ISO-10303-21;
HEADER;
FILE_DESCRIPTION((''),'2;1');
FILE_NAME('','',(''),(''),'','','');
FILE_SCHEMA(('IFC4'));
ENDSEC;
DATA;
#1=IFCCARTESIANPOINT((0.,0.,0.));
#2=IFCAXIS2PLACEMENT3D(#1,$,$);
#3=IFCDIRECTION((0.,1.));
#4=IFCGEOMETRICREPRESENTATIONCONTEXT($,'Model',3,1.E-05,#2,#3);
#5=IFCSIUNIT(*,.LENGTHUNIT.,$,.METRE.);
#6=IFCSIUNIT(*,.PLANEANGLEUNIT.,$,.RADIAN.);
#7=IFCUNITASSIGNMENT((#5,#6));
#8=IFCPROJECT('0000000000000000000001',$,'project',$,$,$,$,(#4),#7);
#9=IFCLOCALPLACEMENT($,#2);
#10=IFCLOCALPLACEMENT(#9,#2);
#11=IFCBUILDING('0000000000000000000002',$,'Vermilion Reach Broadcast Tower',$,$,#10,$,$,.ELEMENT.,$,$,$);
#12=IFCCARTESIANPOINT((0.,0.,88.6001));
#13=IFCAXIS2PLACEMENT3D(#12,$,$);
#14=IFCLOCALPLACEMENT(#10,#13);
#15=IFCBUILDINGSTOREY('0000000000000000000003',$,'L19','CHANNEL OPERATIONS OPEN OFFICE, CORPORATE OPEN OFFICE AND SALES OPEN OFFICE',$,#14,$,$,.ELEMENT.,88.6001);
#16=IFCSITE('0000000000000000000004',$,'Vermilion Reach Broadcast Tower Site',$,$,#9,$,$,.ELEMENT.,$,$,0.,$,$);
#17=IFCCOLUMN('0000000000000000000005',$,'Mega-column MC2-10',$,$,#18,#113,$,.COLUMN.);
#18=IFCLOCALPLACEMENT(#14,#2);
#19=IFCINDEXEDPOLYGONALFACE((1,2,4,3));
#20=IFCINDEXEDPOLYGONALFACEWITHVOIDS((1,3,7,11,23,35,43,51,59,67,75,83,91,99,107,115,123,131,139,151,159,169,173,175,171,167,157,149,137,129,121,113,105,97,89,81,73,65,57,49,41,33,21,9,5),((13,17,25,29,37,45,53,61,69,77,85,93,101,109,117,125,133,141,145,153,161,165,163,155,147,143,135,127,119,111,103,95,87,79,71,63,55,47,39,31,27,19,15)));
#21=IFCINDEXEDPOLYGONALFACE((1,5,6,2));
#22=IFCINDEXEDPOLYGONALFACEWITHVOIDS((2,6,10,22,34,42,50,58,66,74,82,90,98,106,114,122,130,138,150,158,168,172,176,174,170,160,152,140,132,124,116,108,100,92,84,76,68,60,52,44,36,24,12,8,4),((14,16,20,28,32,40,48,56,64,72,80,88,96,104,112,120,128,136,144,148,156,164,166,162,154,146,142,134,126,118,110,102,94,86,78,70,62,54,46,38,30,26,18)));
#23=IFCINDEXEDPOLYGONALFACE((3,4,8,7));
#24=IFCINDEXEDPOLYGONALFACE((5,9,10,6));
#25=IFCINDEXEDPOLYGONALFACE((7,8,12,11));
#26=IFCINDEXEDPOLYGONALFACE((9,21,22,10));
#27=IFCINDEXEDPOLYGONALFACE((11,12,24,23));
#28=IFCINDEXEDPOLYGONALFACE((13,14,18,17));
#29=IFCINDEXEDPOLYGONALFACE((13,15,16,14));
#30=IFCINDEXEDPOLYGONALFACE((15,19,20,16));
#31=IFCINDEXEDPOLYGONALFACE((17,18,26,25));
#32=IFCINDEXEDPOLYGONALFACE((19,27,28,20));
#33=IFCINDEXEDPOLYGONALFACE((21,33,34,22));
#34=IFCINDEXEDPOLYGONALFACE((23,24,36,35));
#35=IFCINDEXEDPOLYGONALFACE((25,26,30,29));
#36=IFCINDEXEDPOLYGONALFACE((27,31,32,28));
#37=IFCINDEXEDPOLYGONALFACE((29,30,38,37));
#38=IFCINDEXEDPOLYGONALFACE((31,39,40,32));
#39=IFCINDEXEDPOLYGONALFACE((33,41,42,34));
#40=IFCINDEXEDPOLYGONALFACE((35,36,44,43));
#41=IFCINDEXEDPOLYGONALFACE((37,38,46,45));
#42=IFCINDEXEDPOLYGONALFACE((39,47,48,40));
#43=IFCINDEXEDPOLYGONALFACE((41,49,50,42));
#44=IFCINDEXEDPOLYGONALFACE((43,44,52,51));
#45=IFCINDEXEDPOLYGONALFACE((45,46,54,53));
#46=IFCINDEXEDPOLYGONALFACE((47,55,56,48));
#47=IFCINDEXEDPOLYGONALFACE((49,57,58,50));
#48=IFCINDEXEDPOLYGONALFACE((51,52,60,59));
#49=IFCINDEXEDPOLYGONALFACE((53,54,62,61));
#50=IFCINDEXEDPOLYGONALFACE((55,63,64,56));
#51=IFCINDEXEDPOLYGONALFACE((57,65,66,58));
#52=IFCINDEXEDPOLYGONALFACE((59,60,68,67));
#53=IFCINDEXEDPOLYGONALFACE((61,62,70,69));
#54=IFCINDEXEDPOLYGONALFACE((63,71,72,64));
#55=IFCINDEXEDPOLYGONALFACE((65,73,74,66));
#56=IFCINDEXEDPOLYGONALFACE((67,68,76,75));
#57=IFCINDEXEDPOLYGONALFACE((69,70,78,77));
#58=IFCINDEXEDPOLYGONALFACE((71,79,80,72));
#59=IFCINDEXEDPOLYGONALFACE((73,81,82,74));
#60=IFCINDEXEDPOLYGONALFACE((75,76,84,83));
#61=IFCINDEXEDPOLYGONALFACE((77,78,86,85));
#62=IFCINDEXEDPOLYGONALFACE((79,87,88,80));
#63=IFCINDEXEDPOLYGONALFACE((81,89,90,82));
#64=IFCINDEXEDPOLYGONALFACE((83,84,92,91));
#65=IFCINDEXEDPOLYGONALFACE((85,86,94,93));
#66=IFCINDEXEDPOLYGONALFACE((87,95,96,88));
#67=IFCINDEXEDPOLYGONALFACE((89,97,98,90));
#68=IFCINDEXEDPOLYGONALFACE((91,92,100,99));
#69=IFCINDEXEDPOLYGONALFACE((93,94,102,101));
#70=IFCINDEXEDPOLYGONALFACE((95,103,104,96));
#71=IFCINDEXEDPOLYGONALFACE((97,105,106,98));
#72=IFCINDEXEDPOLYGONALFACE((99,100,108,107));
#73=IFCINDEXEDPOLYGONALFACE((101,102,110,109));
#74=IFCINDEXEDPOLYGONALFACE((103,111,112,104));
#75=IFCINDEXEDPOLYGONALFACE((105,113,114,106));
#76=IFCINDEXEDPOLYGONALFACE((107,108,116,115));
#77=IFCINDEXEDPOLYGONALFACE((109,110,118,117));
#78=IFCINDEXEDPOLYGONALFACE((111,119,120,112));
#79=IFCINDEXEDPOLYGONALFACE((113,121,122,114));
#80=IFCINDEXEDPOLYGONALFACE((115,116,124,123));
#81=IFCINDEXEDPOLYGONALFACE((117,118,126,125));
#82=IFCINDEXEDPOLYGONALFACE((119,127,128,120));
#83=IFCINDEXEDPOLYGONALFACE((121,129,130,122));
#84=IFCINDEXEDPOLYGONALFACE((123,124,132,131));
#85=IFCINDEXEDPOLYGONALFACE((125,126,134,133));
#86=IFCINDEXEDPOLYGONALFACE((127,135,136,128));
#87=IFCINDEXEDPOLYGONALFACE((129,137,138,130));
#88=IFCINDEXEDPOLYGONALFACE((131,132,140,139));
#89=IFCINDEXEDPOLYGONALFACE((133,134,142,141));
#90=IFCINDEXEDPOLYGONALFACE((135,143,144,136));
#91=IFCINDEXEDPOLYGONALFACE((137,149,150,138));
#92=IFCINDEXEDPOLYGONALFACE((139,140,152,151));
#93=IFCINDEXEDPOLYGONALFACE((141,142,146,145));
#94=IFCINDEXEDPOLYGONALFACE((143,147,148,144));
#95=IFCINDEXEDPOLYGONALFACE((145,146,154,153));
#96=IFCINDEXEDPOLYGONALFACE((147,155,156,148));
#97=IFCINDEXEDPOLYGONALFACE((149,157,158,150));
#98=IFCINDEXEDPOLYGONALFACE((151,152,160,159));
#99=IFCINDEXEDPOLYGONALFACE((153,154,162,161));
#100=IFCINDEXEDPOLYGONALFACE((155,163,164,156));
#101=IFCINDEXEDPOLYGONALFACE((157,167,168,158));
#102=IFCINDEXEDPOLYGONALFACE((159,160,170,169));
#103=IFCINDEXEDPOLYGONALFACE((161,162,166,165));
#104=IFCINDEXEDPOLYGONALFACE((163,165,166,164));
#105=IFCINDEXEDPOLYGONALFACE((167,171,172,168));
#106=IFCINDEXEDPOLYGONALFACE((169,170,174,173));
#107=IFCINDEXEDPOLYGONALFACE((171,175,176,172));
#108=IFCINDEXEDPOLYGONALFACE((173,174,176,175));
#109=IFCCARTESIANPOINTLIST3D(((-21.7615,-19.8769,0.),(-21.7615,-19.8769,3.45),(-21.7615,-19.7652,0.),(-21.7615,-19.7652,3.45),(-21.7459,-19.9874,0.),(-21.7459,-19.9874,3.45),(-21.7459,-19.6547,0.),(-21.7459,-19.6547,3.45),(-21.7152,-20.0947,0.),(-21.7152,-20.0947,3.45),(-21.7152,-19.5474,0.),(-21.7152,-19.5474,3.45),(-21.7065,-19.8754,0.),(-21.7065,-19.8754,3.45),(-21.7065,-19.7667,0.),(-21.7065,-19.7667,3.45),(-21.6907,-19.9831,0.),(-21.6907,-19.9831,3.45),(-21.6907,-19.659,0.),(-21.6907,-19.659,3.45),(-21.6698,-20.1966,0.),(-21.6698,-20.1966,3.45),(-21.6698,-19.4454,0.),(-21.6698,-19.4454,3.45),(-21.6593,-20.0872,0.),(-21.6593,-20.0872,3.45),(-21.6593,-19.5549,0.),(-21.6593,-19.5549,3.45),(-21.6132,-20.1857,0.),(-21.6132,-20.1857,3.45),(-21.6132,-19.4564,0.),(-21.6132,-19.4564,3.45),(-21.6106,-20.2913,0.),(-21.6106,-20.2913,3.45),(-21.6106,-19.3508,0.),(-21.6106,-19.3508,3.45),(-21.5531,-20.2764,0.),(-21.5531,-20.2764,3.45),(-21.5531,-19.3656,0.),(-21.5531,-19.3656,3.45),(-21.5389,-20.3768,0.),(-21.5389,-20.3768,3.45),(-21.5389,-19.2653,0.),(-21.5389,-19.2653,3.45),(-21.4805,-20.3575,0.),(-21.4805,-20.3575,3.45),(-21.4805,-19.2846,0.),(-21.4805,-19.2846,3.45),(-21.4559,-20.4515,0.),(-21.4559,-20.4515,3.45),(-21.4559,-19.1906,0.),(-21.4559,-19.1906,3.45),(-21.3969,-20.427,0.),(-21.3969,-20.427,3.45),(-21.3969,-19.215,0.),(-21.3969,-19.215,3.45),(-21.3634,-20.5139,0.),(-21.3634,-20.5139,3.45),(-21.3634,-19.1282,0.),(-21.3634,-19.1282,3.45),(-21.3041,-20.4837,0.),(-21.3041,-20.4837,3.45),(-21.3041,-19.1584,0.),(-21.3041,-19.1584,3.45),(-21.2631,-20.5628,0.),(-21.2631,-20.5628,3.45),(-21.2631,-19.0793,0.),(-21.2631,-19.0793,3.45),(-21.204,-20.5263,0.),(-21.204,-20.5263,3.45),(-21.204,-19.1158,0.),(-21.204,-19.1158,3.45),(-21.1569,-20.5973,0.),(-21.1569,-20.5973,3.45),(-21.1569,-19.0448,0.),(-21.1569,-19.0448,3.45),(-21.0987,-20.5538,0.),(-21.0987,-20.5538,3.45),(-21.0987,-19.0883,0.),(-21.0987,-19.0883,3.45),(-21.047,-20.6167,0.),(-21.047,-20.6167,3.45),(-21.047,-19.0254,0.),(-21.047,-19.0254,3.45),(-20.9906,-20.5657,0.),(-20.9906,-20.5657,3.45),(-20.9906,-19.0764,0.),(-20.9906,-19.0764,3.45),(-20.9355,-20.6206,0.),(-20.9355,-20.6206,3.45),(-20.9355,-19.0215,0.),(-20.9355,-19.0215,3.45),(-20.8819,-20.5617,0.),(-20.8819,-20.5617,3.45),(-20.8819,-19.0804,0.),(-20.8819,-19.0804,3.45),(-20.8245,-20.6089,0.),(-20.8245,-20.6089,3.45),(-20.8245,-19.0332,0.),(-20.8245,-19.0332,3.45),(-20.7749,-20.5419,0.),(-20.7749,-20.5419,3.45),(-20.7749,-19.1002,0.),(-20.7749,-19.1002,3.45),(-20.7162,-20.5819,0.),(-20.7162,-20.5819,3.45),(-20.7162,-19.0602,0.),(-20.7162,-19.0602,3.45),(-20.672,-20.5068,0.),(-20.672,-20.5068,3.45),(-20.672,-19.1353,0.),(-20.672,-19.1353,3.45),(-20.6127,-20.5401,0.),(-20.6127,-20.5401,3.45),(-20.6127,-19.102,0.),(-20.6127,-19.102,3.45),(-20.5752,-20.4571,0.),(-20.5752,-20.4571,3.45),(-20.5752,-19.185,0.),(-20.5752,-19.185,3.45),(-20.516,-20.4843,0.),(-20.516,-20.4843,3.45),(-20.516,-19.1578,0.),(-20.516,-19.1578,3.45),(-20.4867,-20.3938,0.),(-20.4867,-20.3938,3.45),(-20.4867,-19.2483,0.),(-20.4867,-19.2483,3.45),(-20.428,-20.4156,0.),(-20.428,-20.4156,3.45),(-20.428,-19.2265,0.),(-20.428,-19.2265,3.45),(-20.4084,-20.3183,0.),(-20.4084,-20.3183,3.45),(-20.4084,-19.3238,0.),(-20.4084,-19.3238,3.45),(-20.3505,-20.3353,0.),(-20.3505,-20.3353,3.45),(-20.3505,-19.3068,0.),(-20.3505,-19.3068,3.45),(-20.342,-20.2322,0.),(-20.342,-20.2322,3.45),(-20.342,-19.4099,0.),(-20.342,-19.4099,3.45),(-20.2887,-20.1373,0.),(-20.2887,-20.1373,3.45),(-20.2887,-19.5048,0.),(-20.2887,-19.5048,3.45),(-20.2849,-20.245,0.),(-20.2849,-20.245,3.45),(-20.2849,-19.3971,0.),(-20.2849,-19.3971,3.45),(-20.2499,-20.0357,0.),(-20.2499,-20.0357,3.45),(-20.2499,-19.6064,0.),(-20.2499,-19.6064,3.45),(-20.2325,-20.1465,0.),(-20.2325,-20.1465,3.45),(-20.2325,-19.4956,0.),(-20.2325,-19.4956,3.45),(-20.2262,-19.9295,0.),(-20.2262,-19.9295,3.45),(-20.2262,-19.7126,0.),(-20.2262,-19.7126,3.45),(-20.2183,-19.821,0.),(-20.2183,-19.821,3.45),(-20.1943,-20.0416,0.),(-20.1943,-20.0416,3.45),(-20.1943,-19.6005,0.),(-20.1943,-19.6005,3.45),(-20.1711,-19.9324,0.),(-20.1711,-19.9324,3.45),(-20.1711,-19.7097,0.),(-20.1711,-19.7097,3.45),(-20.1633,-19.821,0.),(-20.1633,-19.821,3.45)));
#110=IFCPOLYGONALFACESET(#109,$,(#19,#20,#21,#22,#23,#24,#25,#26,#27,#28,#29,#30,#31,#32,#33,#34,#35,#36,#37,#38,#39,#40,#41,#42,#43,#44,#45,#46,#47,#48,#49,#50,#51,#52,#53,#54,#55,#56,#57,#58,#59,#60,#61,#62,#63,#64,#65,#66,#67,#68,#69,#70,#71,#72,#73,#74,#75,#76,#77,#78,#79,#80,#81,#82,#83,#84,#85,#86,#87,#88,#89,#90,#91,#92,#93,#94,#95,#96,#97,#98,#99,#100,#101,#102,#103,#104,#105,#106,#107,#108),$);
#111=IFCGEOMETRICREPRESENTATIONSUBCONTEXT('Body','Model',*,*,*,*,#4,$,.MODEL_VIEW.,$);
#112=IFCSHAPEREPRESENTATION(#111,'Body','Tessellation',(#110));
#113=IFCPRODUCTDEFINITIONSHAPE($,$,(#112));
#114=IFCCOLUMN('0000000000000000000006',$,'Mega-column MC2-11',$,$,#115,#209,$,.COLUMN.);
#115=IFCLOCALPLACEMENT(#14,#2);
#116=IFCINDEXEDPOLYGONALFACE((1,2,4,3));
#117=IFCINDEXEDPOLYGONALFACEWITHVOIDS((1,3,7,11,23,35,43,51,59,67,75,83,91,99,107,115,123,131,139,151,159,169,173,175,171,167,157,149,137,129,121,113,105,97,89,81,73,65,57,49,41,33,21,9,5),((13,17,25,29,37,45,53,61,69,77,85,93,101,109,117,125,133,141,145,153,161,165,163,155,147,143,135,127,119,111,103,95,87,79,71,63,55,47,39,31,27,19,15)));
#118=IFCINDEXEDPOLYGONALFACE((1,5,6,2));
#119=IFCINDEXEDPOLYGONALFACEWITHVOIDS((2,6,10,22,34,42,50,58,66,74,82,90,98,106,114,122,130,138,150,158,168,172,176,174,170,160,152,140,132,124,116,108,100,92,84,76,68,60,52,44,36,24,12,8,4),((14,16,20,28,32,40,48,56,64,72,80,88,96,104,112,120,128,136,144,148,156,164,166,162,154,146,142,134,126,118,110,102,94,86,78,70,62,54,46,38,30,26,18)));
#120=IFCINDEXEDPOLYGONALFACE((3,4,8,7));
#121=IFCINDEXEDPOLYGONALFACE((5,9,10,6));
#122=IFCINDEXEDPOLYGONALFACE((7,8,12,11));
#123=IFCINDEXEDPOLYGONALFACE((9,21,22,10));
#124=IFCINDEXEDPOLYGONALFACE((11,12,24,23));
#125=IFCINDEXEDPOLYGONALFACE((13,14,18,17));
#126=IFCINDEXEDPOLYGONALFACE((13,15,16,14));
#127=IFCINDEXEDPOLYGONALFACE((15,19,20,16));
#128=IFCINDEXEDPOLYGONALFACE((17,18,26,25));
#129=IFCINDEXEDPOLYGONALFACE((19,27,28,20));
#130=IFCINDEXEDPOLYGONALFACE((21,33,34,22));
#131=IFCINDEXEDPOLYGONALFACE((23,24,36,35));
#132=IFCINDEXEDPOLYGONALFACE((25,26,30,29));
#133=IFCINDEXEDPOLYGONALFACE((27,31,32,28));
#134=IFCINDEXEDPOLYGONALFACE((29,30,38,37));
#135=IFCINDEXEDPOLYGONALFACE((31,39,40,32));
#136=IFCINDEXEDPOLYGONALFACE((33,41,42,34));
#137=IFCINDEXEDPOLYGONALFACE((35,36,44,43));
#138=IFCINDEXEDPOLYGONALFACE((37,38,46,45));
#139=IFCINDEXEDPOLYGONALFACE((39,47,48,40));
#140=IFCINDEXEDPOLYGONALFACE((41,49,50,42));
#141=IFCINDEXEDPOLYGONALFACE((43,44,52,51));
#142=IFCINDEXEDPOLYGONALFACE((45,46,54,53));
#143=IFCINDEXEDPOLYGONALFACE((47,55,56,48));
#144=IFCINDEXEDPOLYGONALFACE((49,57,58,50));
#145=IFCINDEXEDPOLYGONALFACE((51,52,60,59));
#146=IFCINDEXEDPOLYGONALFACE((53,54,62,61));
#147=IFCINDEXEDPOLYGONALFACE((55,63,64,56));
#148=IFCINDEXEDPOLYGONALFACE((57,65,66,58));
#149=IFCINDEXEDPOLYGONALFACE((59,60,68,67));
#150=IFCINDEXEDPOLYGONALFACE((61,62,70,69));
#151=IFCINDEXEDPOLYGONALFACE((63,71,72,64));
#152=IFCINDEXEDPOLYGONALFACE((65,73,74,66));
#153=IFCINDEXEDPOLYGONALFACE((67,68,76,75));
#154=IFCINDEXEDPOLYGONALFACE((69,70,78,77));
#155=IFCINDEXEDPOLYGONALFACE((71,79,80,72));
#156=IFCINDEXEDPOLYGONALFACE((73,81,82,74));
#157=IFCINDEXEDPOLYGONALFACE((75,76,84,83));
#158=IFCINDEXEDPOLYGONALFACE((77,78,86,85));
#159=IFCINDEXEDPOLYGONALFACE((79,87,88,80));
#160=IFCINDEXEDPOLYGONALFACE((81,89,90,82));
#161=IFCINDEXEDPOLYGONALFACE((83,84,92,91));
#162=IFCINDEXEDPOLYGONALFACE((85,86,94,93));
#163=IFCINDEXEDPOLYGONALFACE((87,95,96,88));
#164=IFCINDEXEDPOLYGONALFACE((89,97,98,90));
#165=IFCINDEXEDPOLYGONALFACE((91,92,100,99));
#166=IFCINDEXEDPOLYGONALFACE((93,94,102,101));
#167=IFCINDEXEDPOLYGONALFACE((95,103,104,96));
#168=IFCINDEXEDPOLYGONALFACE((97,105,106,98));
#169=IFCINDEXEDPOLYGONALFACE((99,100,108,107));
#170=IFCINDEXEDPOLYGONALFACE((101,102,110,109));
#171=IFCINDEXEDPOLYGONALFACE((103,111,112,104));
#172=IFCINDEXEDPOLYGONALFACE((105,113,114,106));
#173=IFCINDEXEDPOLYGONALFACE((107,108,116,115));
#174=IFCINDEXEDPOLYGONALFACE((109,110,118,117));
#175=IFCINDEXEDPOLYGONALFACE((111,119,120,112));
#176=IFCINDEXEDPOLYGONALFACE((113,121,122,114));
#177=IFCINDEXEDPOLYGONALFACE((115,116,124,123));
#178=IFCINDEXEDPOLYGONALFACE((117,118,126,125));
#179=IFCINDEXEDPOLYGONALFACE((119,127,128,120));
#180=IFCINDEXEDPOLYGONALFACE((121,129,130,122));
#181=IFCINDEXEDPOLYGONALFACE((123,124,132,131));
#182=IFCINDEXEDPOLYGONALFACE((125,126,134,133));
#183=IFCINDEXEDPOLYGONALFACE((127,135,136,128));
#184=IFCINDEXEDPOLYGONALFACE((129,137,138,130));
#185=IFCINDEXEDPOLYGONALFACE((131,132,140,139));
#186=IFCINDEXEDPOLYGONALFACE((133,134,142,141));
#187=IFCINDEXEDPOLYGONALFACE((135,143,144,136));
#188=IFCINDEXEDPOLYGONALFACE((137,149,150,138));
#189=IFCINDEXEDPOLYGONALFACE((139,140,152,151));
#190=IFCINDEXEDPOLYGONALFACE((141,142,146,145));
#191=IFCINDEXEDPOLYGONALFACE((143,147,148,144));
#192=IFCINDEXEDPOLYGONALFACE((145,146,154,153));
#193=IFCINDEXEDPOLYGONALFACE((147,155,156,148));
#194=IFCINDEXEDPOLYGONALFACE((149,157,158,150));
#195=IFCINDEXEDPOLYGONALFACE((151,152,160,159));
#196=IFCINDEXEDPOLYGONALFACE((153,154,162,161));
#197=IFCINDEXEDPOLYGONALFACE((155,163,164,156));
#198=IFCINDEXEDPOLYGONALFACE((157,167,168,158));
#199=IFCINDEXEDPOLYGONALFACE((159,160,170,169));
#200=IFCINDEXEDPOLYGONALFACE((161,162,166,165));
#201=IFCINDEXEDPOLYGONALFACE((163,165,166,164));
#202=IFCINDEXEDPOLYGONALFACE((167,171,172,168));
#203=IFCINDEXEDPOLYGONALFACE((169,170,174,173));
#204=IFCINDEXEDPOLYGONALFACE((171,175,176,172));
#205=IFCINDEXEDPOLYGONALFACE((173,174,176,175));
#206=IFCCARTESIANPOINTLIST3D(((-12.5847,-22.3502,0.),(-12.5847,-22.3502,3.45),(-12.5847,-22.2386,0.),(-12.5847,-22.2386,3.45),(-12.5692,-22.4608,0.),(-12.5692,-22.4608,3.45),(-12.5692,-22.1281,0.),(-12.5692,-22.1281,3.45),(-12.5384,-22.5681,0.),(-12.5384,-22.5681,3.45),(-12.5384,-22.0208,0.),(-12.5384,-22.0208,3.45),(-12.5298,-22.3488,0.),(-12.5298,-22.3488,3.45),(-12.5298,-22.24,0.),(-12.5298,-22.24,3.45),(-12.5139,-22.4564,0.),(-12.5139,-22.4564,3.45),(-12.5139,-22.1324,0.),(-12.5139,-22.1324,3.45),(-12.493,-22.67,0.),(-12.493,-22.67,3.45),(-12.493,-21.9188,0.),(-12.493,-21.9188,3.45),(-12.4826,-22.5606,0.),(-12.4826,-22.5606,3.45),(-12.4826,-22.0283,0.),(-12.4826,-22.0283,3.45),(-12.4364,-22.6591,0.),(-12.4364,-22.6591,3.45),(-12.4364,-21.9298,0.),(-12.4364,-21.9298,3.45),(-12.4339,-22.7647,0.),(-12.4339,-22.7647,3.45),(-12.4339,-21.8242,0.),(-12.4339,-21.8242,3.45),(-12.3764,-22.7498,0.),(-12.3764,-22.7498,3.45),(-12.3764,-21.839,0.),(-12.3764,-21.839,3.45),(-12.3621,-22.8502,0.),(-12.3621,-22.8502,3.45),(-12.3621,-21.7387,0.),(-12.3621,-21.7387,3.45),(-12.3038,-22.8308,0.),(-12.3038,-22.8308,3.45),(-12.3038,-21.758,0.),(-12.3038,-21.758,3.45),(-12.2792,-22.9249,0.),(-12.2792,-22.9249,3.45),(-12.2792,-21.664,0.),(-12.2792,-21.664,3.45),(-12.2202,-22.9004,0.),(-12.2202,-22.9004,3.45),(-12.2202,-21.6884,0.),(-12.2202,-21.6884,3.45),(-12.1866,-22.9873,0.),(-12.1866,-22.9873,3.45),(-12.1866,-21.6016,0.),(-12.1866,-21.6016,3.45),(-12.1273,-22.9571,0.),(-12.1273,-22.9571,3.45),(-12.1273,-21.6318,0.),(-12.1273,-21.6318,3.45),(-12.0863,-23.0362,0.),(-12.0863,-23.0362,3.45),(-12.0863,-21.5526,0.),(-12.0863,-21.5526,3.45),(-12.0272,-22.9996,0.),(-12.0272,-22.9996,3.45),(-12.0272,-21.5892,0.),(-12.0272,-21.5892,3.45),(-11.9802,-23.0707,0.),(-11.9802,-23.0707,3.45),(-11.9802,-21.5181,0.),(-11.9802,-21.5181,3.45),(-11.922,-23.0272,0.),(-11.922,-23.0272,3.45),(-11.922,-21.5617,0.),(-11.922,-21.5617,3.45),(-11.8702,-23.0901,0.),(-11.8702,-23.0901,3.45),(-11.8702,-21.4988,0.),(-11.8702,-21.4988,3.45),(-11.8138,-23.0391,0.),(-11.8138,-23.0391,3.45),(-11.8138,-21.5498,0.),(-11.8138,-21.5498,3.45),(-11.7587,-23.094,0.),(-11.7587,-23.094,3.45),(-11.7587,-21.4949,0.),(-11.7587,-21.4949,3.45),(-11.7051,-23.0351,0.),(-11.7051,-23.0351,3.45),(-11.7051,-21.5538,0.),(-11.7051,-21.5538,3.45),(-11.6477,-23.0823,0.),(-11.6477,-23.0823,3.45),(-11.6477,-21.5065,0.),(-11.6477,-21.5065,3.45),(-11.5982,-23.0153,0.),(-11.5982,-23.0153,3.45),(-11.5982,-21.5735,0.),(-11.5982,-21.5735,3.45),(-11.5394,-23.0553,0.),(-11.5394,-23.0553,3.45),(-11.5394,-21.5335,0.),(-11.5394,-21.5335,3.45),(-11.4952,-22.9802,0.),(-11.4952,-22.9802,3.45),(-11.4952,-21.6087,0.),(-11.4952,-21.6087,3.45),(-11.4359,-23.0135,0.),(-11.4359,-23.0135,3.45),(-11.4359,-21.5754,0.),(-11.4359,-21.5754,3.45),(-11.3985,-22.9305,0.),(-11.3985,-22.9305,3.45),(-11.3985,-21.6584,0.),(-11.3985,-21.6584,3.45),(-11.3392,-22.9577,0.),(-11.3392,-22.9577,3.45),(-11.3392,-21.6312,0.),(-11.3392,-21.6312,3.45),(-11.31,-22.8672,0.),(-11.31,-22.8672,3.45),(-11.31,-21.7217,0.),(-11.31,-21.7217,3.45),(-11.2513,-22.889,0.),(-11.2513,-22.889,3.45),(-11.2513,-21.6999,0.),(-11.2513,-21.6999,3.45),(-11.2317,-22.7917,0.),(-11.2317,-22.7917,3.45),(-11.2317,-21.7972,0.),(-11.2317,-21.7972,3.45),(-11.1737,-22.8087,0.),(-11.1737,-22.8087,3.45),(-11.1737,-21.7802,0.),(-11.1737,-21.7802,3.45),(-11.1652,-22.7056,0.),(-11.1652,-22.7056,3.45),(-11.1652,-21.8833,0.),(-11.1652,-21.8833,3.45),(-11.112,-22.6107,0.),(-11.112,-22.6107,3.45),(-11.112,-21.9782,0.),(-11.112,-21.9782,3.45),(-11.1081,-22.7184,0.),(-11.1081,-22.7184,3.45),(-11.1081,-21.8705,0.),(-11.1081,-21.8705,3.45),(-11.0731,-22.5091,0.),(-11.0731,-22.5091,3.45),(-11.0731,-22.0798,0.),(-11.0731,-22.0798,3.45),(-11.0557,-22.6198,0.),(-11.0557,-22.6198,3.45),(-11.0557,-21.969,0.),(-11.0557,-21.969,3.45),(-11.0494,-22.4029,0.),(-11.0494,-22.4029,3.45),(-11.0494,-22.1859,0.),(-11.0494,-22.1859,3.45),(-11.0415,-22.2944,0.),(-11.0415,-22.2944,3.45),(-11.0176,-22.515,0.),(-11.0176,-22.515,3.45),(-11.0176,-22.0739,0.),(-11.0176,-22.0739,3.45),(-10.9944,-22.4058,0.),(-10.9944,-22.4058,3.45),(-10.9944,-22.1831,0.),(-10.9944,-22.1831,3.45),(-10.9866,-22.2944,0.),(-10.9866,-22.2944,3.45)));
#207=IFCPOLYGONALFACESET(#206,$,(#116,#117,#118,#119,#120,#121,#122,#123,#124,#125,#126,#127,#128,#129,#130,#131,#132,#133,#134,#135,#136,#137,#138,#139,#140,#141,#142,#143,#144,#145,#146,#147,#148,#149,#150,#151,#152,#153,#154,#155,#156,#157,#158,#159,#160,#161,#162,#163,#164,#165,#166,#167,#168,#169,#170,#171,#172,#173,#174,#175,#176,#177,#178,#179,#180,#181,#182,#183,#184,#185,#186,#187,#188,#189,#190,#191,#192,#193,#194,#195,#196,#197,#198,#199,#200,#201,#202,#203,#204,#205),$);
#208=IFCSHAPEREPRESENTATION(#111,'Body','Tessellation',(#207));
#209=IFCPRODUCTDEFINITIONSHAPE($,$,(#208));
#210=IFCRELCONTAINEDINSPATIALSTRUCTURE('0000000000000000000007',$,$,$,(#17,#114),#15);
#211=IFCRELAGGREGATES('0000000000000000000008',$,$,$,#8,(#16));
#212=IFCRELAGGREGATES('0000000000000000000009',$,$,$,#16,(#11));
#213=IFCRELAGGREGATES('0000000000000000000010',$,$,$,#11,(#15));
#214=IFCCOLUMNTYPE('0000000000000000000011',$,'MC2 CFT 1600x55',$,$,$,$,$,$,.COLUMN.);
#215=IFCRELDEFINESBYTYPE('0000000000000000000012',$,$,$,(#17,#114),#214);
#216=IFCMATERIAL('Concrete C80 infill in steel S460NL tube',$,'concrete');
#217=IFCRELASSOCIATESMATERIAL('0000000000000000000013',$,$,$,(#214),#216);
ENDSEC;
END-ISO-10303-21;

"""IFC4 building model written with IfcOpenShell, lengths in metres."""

from ifc_helpers import new_model, si_unit, direction, frame, origin, origin_2d, place, context, subcontext, project, spatial, hollow_circle, extrude, material, material_profile, profile_set, type_object, element, save


model = new_model("IFC4")

# Units and contexts
model_context = context("Model", 3, precision=1e-05, world=origin(), true_north=direction((0.0, 1.0)))
body_context = subcontext(model_context, "Body", "Model", "MODEL_VIEW")
ifc_project = project(units=[si_unit("LENGTHUNIT", "METRE"), si_unit("PLANEANGLEUNIT", "RADIAN")], contexts=[model_context])

# Site, building, storey
site_placement = place(None, origin())
site = spatial("IfcSite", under=ifc_project, at=site_placement, Name="Vermilion Reach Broadcast Tower Site", CompositionType="ELEMENT", RefElevation=0.0)
building_placement = place(site_placement, origin())
building = spatial("IfcBuilding", under=site, at=building_placement, Name="Vermilion Reach Broadcast Tower", CompositionType="ELEMENT")
storey_placement = place(building_placement, frame((0.0, 0.0, 88.6001)))
storey = spatial("IfcBuildingStorey", under=building, at=storey_placement, Name="L19", Description="CHANNEL OPERATIONS OPEN OFFICE, CORPORATE OPEN OFFICE AND SALES OPEN OFFICE", CompositionType="ELEMENT", Elevation=88.6001)

# Columns
ifc_material_1 = material(Name="Concrete C80 infill in steel S460NL tube", Category="concrete")
ifc_material_profile_1 = material_profile(ifc_material_1, hollow_circle(Radius=0.8, WallThickness=0.0549, at=origin_2d()), Name="Concrete C80 infill in steel S460NL tube CFT 1600x55")
ifc_profile_set_1 = profile_set([ifc_material_profile_1], Name="Concrete C80 infill in steel S460NL tube")
column_type = type_object("IfcColumnType", Name="MC2 CFT 1600x55", PredefinedType="COLUMN", material=ifc_profile_set_1)
for number, where, z_axis, x_axis, name in (
    (1, (-20.9634, -19.821, 0.0), (0.0, 0.0, 1.0), (1.0, 0.0, 0.0), "Mega-column MC2-10"),
    (2, (-11.7866, -22.2944, 0.0), (0.0, 0.0, 1.0), (1.0, 0.0, 0.0), "Mega-column MC2-11"),
):
    element("IfcColumn", number, at=place(storey_placement, frame(where, z_axis=z_axis, x_axis=x_axis)), inside=storey, type_object=column_type, Name=name, PredefinedType="COLUMN", context=body_context, shape_type="SweptSolid", body=[
        extrude(hollow_circle(Radius=0.8, WallThickness=0.0549, at=origin_2d()), origin(), (0.0, 0.0, 1.0), 3.45),
    ])

save(model, "model.ifc")
